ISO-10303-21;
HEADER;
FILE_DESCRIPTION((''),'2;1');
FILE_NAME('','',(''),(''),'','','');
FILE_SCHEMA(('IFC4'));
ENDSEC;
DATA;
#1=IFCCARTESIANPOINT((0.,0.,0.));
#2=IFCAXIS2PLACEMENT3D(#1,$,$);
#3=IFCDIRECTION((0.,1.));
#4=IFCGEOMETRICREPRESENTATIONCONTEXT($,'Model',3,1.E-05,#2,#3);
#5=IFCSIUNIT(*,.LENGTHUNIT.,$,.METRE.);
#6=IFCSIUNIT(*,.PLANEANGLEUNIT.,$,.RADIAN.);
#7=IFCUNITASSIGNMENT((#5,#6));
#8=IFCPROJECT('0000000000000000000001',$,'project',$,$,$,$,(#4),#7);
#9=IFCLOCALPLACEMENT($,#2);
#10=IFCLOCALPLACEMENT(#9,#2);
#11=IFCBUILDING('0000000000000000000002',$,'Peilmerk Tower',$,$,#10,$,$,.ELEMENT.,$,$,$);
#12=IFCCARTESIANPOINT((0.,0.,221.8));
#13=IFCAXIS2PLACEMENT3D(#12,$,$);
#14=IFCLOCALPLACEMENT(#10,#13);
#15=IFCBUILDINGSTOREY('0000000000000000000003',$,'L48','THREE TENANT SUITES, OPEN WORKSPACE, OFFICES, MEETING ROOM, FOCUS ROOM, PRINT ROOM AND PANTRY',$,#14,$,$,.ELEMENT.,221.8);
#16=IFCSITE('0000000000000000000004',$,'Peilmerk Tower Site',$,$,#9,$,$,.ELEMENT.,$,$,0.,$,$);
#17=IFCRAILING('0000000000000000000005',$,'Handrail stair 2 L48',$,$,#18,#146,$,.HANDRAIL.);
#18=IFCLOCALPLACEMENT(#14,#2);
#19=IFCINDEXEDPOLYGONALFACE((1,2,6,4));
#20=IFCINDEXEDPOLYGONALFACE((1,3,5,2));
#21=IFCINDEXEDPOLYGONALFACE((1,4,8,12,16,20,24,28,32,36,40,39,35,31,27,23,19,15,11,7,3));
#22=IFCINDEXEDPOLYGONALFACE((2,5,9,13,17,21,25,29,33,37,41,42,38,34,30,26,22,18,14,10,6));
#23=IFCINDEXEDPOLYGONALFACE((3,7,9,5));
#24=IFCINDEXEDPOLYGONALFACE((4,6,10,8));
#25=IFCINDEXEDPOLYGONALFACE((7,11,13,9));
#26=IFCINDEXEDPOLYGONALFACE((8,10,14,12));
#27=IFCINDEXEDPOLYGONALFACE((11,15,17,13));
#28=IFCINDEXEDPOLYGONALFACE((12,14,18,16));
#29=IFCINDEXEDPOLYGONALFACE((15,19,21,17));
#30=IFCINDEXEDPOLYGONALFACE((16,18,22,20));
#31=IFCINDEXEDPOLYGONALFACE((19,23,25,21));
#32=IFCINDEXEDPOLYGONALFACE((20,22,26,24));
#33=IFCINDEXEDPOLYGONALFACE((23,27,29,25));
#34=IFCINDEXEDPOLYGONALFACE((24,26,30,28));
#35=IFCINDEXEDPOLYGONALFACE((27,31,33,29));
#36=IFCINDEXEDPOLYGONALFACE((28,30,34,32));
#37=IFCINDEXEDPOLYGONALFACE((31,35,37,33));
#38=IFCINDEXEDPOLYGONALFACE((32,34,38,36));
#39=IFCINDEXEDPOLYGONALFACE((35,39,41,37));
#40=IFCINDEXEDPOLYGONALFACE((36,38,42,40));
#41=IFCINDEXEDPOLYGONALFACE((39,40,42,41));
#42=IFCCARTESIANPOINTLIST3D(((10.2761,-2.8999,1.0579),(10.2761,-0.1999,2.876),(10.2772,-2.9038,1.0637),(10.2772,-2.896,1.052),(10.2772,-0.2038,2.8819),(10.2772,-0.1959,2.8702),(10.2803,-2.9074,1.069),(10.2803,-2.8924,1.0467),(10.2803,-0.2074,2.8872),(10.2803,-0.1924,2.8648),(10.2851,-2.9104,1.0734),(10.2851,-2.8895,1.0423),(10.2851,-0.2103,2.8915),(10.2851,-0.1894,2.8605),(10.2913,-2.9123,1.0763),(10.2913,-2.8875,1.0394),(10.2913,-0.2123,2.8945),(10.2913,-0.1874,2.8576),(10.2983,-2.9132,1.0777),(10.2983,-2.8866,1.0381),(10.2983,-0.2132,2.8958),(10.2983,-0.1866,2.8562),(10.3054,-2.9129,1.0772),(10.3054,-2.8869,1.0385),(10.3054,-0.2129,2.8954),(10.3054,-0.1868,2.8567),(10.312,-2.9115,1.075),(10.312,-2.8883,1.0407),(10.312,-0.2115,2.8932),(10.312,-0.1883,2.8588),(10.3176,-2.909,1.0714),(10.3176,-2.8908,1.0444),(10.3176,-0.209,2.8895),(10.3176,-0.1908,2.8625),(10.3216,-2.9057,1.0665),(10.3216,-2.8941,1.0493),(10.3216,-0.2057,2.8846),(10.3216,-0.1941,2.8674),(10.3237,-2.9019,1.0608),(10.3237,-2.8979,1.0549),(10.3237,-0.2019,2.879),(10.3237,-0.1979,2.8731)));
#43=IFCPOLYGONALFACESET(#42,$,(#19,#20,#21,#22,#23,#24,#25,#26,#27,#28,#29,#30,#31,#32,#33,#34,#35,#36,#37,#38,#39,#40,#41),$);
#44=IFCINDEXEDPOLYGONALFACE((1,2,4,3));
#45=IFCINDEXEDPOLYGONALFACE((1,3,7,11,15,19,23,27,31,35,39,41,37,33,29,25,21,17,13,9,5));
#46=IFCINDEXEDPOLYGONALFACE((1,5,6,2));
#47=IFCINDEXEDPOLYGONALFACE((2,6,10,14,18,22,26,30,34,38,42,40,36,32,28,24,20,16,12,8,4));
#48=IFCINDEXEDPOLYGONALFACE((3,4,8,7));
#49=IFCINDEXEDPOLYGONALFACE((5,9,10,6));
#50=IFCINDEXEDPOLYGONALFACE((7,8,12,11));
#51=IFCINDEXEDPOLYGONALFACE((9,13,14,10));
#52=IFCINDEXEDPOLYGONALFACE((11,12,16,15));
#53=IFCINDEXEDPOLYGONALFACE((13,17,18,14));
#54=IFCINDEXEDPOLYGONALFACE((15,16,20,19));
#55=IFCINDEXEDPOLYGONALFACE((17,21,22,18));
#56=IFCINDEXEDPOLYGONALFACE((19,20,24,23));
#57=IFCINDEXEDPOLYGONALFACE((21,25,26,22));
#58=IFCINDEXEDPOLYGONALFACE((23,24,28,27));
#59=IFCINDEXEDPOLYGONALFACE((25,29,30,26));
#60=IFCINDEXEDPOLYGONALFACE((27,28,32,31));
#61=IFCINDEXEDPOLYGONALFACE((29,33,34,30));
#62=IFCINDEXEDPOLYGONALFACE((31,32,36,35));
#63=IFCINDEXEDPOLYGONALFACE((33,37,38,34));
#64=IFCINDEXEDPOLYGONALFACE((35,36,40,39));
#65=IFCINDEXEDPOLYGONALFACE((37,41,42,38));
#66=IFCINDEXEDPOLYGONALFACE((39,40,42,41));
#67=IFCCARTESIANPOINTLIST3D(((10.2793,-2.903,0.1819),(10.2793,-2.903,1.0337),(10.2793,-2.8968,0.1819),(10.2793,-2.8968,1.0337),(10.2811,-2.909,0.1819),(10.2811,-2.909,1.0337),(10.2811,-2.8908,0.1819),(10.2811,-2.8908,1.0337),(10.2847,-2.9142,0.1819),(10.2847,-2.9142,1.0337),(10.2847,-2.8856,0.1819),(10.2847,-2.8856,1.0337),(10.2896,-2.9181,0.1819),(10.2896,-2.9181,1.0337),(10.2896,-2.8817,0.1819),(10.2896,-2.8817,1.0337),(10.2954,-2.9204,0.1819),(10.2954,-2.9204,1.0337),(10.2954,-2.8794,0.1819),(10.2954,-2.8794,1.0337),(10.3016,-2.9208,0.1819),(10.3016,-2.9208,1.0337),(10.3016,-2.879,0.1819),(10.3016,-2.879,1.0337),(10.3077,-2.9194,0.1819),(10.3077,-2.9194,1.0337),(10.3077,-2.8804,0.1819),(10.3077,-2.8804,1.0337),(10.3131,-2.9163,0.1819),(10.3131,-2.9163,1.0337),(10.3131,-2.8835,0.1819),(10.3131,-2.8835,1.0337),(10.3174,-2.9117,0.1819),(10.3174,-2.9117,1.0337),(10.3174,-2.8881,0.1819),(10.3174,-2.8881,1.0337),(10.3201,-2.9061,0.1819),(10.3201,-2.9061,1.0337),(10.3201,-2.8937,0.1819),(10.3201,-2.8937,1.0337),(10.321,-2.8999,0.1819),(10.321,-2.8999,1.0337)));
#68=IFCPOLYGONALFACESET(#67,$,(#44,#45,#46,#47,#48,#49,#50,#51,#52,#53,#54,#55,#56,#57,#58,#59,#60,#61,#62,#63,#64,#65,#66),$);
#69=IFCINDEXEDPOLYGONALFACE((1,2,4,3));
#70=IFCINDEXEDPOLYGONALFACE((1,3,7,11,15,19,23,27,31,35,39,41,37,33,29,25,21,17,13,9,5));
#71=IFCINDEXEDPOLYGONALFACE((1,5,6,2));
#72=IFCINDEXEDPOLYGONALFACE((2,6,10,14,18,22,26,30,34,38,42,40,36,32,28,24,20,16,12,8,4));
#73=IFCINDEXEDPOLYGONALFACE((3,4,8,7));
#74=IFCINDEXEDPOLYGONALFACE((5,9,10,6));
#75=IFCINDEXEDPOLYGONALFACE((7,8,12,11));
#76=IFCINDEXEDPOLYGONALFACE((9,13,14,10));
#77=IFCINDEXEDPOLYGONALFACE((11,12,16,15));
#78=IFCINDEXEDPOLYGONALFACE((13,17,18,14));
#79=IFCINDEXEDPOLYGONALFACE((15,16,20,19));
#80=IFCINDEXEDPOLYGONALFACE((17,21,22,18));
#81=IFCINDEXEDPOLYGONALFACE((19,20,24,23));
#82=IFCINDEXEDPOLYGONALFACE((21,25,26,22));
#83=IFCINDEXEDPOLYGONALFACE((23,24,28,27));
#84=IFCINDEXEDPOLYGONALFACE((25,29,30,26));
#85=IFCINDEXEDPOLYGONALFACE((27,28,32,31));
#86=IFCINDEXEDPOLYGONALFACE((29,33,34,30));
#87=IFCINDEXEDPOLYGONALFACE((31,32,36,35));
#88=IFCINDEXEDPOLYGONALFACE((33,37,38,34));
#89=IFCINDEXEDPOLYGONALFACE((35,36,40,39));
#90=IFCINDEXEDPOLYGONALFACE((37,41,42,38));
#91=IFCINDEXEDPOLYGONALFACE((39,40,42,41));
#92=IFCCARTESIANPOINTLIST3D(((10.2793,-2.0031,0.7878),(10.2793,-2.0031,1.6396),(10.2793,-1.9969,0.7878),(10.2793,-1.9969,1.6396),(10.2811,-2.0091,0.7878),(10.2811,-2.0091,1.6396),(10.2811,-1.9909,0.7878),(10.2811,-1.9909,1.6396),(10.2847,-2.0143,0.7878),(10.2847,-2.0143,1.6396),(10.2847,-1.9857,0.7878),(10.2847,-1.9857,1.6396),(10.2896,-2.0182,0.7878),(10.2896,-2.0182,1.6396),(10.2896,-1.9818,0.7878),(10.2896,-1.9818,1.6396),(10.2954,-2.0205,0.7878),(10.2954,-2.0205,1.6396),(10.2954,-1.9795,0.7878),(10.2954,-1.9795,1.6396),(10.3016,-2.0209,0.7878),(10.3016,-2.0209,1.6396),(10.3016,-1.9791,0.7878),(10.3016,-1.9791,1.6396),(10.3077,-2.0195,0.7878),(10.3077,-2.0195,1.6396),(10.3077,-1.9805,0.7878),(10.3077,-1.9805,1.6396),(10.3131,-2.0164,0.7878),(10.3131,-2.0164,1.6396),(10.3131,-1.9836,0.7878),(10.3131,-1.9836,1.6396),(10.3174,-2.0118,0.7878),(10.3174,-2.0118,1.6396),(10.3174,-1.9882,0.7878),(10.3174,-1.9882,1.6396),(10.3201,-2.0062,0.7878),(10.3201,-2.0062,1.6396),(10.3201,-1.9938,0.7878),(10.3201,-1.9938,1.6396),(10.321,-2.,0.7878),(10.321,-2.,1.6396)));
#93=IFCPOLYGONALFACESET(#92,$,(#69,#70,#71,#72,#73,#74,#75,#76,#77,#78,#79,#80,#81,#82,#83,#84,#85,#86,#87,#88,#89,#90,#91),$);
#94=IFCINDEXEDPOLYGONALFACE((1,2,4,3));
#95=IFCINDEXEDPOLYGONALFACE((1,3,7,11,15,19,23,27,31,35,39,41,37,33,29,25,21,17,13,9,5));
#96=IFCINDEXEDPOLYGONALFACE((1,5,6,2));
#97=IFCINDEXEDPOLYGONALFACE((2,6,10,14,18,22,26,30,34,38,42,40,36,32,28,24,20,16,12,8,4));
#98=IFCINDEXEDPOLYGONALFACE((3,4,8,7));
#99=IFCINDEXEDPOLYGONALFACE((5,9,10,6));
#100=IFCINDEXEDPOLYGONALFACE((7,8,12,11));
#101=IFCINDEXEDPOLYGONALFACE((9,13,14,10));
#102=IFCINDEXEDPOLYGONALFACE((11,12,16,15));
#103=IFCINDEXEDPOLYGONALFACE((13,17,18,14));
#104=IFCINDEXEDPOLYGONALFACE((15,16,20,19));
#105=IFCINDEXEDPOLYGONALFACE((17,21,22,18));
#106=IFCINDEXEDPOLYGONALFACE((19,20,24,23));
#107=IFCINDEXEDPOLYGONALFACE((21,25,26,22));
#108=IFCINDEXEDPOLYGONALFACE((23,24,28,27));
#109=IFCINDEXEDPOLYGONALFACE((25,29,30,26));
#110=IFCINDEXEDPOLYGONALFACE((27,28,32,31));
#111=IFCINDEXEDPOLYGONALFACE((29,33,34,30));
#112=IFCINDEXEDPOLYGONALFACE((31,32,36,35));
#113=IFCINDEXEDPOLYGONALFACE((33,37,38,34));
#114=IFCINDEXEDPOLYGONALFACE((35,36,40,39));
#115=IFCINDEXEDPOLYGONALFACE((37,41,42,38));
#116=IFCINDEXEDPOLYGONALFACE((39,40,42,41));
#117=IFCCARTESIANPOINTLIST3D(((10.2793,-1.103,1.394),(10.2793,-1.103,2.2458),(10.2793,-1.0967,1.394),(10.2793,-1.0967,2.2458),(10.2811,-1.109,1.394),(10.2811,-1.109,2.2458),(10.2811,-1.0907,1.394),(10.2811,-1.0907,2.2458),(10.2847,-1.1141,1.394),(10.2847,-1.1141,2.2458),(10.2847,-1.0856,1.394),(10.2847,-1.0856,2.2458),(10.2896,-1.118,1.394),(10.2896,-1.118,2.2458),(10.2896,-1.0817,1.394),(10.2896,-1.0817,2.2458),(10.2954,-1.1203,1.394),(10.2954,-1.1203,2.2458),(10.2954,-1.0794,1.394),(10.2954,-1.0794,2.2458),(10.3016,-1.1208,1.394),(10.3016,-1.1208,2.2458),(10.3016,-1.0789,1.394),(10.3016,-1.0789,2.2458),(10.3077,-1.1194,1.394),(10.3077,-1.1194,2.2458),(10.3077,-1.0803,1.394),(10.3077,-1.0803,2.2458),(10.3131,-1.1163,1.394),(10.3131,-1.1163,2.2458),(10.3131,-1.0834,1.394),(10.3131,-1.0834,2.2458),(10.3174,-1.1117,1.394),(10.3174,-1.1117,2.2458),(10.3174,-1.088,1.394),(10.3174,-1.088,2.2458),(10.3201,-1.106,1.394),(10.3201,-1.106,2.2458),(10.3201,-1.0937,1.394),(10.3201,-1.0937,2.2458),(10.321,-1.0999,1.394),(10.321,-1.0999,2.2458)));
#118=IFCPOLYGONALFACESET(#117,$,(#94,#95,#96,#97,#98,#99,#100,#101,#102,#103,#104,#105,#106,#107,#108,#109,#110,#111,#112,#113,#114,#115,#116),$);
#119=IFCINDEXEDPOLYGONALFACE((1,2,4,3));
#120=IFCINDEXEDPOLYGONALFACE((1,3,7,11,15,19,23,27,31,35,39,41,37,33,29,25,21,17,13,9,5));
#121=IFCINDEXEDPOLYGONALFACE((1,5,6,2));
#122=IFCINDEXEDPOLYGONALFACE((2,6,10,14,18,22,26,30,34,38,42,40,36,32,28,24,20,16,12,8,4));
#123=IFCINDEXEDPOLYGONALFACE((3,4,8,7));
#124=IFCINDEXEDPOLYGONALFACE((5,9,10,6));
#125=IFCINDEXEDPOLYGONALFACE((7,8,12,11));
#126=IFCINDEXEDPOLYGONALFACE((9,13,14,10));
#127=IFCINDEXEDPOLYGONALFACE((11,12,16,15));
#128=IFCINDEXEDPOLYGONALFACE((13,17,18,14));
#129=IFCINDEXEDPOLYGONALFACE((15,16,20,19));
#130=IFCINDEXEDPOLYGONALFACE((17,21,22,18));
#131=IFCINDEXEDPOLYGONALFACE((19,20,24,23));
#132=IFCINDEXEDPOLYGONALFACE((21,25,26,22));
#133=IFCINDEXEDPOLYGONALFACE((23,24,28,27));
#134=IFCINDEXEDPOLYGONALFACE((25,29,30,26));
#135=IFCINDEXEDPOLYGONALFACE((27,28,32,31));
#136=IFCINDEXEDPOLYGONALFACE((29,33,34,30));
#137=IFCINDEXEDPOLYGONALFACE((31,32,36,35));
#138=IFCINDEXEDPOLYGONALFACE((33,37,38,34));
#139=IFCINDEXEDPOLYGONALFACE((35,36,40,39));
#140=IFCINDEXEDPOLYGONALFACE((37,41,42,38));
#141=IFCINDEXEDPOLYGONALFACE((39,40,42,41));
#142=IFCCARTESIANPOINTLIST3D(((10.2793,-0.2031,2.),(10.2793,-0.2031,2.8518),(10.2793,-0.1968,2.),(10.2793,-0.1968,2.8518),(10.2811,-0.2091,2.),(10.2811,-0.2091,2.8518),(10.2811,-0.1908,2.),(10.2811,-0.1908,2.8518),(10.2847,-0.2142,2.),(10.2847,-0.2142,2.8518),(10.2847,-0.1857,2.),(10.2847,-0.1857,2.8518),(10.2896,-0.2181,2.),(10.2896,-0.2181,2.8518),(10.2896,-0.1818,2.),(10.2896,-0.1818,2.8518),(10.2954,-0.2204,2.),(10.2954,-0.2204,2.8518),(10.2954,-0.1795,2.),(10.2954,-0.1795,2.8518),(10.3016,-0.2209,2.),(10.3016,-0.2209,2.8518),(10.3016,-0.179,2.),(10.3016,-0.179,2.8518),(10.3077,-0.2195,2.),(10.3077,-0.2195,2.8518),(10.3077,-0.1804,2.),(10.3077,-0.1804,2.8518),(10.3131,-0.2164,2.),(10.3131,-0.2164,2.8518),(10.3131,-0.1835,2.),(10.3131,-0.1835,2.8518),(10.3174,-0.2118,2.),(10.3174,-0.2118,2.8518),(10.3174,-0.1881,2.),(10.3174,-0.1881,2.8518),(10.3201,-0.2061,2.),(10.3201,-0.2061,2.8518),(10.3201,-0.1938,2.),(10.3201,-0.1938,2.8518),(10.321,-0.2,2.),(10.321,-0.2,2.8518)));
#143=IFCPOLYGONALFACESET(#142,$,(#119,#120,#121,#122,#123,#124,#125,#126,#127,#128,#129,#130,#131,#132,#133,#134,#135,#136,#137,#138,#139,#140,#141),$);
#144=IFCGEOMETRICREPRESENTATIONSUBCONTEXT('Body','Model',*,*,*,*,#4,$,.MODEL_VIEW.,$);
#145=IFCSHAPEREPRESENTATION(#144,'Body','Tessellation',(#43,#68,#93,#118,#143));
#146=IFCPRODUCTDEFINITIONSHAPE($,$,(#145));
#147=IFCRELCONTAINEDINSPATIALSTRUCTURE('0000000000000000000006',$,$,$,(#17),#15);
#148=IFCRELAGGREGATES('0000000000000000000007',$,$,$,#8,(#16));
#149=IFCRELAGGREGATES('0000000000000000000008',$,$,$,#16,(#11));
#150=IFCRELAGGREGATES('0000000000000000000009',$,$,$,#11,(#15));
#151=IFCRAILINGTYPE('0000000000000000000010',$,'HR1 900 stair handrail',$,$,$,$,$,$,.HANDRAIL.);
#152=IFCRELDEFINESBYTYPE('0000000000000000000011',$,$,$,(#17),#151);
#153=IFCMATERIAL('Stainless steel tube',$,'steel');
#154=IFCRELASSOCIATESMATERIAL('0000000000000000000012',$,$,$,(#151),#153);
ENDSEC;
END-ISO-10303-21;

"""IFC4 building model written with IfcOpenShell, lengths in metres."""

from ifc_helpers import new_model, si_unit, direction, frame, origin, origin_2d, place, context, subcontext, project, spatial, circle, extrude, material, type_object, element, save


model = new_model("IFC4")

# Units and contexts
model_context = context("Model", 3, precision=1e-05, world=origin(), true_north=direction((0.0, 1.0)))
body_context = subcontext(model_context, "Body", "Model", "MODEL_VIEW")
ifc_project = project(units=[si_unit("LENGTHUNIT", "METRE"), si_unit("PLANEANGLEUNIT", "RADIAN")], contexts=[model_context])

# Site, building, storey
site_placement = place(None, origin())
site = spatial("IfcSite", under=ifc_project, at=site_placement, Name="Peilmerk Tower Site", CompositionType="ELEMENT", RefElevation=0.0)
building_placement = place(site_placement, origin())
building = spatial("IfcBuilding", under=site, at=building_placement, Name="Peilmerk Tower", CompositionType="ELEMENT")
storey_placement = place(building_placement, frame((0.0, 0.0, 221.8)))
storey = spatial("IfcBuildingStorey", under=building, at=storey_placement, Name="L48", Description="THREE TENANT SUITES, OPEN WORKSPACE, OFFICES, MEETING ROOM, FOCUS ROOM, PRINT ROOM AND PANTRY", CompositionType="ELEMENT", Elevation=221.8)

# Railing
ifc_material_1 = material(Name="Stainless steel tube", Category="steel")
railing_type_1 = type_object("IfcRailingType", Name="HR1 900 stair handrail", PredefinedType="HANDRAIL", material=ifc_material_1)
railing_1_placement = place(storey_placement, frame((10.3, -2.8999, 0.1819)))
element("IfcRailing", 1, at=railing_1_placement, inside=storey, type_object=railing_type_1, Name="Handrail stair 2 L48", PredefinedType="HANDRAIL", context=body_context, shape_type="SweptSolid", body=[
    extrude(circle(Radius=0.0239, at=origin_2d()), frame((0.0, 0.0, 0.876), z_axis=(0.0, 0.829468, 0.558554), x_axis=(-1.0, 0.0, 0.0)), (0.0, 0.0, 1.0), 3.2551),
    extrude(circle(Radius=0.021, at=origin_2d()), origin(), (0.0, 0.0, 1.0), 0.8518),
    extrude(circle(Radius=0.021, at=origin_2d()), frame((0.0, 0.8999, 0.606)), (0.0, 0.0, 1.0), 0.8518),
    extrude(circle(Radius=0.021, at=origin_2d()), frame((0.0, 1.8, 1.2122)), (0.0, 0.0, 1.0), 0.8518),
    extrude(circle(Radius=0.021, at=origin_2d()), frame((0.0, 2.7, 1.8181)), (0.0, 0.0, 1.0), 0.8518),
])

save(model, "model.ifc")
